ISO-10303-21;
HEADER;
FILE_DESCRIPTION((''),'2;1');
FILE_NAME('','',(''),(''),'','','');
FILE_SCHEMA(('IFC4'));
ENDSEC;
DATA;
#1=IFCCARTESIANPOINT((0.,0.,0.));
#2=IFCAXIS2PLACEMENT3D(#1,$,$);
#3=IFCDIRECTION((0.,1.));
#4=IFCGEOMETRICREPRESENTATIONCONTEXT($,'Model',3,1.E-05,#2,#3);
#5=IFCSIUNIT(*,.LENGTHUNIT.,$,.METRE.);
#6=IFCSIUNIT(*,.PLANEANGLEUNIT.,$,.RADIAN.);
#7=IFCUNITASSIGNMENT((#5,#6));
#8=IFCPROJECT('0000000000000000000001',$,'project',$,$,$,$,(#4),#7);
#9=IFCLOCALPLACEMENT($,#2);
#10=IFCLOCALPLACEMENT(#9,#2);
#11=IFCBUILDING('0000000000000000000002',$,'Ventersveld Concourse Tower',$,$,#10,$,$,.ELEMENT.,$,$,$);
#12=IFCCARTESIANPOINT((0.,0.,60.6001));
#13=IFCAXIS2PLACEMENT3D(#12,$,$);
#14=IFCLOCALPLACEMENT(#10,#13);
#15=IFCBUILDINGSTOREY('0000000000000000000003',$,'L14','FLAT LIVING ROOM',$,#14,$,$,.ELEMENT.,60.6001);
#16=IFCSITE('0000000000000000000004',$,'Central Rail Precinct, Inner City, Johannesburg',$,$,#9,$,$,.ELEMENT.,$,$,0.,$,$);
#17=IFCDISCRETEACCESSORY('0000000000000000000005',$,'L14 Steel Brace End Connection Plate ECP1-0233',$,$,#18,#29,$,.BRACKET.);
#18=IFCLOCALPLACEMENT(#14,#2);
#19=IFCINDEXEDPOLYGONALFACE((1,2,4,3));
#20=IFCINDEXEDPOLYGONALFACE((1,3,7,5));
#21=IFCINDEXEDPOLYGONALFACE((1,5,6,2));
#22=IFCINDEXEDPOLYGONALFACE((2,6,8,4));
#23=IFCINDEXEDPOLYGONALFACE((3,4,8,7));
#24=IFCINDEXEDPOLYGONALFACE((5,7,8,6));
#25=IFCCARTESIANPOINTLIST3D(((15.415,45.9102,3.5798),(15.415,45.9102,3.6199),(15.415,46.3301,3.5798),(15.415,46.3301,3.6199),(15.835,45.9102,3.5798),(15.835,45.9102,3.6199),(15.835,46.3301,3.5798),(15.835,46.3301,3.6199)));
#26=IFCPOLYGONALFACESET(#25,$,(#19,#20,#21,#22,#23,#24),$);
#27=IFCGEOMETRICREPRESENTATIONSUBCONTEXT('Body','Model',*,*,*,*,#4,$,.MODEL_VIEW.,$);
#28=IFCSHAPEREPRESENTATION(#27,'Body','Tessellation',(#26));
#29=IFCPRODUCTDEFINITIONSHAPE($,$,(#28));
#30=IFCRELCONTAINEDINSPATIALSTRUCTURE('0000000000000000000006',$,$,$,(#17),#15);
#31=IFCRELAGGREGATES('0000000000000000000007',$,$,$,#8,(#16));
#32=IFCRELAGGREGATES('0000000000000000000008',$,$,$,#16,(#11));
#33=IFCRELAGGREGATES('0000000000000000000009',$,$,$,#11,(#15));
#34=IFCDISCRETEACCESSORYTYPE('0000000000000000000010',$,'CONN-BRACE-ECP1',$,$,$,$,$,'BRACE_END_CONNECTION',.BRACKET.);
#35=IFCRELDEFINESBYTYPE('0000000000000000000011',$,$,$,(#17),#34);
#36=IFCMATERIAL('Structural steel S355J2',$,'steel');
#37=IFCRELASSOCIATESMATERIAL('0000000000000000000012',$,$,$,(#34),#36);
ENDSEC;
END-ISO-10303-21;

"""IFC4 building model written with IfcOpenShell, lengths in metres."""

from ifc_helpers import new_model, si_unit, direction, frame, origin, origin_2d, place, context, subcontext, project, spatial, rectangle, extrude, material, type_object, element, save


model = new_model("IFC4")

# Units and contexts
model_context = context("Model", 3, precision=1e-05, world=origin(), true_north=direction((0.0, 1.0)))
body_context = subcontext(model_context, "Body", "Model", "MODEL_VIEW")
ifc_project = project(units=[si_unit("LENGTHUNIT", "METRE"), si_unit("PLANEANGLEUNIT", "RADIAN")], contexts=[model_context])

# Site, building, storey
site_placement = place(None, origin())
site = spatial("IfcSite", under=ifc_project, at=site_placement, Name="Central Rail Precinct, Inner City, Johannesburg", CompositionType="ELEMENT", RefElevation=0.0)
building_placement = place(site_placement, origin())
building = spatial("IfcBuilding", under=site, at=building_placement, Name="Ventersveld Concourse Tower", CompositionType="ELEMENT")
storey_placement = place(building_placement, frame((0.0, 0.0, 60.6001)))
storey = spatial("IfcBuildingStorey", under=building, at=storey_placement, Name="L14", Description="FLAT LIVING ROOM", CompositionType="ELEMENT", Elevation=60.6001)

# Shared definitions
ifc_material_1 = material(Name="Structural steel S355J2", Category="steel")

# Discrete accessory
discrete_accessory_type = type_object("IfcDiscreteAccessoryType", Name="CONN-BRACE-ECP1", ElementType="BRACE_END_CONNECTION", PredefinedType="BRACKET", material=ifc_material_1)
discrete_accessory_placement = place(storey_placement, frame((15.625, 46.1201, 3.5798), z_axis=(0.0, 0.0, 1.0), x_axis=(1.0, 0.0, 0.0)))
element("IfcDiscreteAccessory", 1, at=discrete_accessory_placement, inside=storey, type_object=discrete_accessory_type, Name="L14 Steel Brace End Connection Plate ECP1-0233", PredefinedType="BRACKET", context=body_context, shape_type="SweptSolid", body=[
    extrude(rectangle(XDim=0.4199, YDim=0.4199, at=origin_2d()), origin(), (0.0, 0.0, 1.0), 0.04),
])

save(model, "model.ifc")
